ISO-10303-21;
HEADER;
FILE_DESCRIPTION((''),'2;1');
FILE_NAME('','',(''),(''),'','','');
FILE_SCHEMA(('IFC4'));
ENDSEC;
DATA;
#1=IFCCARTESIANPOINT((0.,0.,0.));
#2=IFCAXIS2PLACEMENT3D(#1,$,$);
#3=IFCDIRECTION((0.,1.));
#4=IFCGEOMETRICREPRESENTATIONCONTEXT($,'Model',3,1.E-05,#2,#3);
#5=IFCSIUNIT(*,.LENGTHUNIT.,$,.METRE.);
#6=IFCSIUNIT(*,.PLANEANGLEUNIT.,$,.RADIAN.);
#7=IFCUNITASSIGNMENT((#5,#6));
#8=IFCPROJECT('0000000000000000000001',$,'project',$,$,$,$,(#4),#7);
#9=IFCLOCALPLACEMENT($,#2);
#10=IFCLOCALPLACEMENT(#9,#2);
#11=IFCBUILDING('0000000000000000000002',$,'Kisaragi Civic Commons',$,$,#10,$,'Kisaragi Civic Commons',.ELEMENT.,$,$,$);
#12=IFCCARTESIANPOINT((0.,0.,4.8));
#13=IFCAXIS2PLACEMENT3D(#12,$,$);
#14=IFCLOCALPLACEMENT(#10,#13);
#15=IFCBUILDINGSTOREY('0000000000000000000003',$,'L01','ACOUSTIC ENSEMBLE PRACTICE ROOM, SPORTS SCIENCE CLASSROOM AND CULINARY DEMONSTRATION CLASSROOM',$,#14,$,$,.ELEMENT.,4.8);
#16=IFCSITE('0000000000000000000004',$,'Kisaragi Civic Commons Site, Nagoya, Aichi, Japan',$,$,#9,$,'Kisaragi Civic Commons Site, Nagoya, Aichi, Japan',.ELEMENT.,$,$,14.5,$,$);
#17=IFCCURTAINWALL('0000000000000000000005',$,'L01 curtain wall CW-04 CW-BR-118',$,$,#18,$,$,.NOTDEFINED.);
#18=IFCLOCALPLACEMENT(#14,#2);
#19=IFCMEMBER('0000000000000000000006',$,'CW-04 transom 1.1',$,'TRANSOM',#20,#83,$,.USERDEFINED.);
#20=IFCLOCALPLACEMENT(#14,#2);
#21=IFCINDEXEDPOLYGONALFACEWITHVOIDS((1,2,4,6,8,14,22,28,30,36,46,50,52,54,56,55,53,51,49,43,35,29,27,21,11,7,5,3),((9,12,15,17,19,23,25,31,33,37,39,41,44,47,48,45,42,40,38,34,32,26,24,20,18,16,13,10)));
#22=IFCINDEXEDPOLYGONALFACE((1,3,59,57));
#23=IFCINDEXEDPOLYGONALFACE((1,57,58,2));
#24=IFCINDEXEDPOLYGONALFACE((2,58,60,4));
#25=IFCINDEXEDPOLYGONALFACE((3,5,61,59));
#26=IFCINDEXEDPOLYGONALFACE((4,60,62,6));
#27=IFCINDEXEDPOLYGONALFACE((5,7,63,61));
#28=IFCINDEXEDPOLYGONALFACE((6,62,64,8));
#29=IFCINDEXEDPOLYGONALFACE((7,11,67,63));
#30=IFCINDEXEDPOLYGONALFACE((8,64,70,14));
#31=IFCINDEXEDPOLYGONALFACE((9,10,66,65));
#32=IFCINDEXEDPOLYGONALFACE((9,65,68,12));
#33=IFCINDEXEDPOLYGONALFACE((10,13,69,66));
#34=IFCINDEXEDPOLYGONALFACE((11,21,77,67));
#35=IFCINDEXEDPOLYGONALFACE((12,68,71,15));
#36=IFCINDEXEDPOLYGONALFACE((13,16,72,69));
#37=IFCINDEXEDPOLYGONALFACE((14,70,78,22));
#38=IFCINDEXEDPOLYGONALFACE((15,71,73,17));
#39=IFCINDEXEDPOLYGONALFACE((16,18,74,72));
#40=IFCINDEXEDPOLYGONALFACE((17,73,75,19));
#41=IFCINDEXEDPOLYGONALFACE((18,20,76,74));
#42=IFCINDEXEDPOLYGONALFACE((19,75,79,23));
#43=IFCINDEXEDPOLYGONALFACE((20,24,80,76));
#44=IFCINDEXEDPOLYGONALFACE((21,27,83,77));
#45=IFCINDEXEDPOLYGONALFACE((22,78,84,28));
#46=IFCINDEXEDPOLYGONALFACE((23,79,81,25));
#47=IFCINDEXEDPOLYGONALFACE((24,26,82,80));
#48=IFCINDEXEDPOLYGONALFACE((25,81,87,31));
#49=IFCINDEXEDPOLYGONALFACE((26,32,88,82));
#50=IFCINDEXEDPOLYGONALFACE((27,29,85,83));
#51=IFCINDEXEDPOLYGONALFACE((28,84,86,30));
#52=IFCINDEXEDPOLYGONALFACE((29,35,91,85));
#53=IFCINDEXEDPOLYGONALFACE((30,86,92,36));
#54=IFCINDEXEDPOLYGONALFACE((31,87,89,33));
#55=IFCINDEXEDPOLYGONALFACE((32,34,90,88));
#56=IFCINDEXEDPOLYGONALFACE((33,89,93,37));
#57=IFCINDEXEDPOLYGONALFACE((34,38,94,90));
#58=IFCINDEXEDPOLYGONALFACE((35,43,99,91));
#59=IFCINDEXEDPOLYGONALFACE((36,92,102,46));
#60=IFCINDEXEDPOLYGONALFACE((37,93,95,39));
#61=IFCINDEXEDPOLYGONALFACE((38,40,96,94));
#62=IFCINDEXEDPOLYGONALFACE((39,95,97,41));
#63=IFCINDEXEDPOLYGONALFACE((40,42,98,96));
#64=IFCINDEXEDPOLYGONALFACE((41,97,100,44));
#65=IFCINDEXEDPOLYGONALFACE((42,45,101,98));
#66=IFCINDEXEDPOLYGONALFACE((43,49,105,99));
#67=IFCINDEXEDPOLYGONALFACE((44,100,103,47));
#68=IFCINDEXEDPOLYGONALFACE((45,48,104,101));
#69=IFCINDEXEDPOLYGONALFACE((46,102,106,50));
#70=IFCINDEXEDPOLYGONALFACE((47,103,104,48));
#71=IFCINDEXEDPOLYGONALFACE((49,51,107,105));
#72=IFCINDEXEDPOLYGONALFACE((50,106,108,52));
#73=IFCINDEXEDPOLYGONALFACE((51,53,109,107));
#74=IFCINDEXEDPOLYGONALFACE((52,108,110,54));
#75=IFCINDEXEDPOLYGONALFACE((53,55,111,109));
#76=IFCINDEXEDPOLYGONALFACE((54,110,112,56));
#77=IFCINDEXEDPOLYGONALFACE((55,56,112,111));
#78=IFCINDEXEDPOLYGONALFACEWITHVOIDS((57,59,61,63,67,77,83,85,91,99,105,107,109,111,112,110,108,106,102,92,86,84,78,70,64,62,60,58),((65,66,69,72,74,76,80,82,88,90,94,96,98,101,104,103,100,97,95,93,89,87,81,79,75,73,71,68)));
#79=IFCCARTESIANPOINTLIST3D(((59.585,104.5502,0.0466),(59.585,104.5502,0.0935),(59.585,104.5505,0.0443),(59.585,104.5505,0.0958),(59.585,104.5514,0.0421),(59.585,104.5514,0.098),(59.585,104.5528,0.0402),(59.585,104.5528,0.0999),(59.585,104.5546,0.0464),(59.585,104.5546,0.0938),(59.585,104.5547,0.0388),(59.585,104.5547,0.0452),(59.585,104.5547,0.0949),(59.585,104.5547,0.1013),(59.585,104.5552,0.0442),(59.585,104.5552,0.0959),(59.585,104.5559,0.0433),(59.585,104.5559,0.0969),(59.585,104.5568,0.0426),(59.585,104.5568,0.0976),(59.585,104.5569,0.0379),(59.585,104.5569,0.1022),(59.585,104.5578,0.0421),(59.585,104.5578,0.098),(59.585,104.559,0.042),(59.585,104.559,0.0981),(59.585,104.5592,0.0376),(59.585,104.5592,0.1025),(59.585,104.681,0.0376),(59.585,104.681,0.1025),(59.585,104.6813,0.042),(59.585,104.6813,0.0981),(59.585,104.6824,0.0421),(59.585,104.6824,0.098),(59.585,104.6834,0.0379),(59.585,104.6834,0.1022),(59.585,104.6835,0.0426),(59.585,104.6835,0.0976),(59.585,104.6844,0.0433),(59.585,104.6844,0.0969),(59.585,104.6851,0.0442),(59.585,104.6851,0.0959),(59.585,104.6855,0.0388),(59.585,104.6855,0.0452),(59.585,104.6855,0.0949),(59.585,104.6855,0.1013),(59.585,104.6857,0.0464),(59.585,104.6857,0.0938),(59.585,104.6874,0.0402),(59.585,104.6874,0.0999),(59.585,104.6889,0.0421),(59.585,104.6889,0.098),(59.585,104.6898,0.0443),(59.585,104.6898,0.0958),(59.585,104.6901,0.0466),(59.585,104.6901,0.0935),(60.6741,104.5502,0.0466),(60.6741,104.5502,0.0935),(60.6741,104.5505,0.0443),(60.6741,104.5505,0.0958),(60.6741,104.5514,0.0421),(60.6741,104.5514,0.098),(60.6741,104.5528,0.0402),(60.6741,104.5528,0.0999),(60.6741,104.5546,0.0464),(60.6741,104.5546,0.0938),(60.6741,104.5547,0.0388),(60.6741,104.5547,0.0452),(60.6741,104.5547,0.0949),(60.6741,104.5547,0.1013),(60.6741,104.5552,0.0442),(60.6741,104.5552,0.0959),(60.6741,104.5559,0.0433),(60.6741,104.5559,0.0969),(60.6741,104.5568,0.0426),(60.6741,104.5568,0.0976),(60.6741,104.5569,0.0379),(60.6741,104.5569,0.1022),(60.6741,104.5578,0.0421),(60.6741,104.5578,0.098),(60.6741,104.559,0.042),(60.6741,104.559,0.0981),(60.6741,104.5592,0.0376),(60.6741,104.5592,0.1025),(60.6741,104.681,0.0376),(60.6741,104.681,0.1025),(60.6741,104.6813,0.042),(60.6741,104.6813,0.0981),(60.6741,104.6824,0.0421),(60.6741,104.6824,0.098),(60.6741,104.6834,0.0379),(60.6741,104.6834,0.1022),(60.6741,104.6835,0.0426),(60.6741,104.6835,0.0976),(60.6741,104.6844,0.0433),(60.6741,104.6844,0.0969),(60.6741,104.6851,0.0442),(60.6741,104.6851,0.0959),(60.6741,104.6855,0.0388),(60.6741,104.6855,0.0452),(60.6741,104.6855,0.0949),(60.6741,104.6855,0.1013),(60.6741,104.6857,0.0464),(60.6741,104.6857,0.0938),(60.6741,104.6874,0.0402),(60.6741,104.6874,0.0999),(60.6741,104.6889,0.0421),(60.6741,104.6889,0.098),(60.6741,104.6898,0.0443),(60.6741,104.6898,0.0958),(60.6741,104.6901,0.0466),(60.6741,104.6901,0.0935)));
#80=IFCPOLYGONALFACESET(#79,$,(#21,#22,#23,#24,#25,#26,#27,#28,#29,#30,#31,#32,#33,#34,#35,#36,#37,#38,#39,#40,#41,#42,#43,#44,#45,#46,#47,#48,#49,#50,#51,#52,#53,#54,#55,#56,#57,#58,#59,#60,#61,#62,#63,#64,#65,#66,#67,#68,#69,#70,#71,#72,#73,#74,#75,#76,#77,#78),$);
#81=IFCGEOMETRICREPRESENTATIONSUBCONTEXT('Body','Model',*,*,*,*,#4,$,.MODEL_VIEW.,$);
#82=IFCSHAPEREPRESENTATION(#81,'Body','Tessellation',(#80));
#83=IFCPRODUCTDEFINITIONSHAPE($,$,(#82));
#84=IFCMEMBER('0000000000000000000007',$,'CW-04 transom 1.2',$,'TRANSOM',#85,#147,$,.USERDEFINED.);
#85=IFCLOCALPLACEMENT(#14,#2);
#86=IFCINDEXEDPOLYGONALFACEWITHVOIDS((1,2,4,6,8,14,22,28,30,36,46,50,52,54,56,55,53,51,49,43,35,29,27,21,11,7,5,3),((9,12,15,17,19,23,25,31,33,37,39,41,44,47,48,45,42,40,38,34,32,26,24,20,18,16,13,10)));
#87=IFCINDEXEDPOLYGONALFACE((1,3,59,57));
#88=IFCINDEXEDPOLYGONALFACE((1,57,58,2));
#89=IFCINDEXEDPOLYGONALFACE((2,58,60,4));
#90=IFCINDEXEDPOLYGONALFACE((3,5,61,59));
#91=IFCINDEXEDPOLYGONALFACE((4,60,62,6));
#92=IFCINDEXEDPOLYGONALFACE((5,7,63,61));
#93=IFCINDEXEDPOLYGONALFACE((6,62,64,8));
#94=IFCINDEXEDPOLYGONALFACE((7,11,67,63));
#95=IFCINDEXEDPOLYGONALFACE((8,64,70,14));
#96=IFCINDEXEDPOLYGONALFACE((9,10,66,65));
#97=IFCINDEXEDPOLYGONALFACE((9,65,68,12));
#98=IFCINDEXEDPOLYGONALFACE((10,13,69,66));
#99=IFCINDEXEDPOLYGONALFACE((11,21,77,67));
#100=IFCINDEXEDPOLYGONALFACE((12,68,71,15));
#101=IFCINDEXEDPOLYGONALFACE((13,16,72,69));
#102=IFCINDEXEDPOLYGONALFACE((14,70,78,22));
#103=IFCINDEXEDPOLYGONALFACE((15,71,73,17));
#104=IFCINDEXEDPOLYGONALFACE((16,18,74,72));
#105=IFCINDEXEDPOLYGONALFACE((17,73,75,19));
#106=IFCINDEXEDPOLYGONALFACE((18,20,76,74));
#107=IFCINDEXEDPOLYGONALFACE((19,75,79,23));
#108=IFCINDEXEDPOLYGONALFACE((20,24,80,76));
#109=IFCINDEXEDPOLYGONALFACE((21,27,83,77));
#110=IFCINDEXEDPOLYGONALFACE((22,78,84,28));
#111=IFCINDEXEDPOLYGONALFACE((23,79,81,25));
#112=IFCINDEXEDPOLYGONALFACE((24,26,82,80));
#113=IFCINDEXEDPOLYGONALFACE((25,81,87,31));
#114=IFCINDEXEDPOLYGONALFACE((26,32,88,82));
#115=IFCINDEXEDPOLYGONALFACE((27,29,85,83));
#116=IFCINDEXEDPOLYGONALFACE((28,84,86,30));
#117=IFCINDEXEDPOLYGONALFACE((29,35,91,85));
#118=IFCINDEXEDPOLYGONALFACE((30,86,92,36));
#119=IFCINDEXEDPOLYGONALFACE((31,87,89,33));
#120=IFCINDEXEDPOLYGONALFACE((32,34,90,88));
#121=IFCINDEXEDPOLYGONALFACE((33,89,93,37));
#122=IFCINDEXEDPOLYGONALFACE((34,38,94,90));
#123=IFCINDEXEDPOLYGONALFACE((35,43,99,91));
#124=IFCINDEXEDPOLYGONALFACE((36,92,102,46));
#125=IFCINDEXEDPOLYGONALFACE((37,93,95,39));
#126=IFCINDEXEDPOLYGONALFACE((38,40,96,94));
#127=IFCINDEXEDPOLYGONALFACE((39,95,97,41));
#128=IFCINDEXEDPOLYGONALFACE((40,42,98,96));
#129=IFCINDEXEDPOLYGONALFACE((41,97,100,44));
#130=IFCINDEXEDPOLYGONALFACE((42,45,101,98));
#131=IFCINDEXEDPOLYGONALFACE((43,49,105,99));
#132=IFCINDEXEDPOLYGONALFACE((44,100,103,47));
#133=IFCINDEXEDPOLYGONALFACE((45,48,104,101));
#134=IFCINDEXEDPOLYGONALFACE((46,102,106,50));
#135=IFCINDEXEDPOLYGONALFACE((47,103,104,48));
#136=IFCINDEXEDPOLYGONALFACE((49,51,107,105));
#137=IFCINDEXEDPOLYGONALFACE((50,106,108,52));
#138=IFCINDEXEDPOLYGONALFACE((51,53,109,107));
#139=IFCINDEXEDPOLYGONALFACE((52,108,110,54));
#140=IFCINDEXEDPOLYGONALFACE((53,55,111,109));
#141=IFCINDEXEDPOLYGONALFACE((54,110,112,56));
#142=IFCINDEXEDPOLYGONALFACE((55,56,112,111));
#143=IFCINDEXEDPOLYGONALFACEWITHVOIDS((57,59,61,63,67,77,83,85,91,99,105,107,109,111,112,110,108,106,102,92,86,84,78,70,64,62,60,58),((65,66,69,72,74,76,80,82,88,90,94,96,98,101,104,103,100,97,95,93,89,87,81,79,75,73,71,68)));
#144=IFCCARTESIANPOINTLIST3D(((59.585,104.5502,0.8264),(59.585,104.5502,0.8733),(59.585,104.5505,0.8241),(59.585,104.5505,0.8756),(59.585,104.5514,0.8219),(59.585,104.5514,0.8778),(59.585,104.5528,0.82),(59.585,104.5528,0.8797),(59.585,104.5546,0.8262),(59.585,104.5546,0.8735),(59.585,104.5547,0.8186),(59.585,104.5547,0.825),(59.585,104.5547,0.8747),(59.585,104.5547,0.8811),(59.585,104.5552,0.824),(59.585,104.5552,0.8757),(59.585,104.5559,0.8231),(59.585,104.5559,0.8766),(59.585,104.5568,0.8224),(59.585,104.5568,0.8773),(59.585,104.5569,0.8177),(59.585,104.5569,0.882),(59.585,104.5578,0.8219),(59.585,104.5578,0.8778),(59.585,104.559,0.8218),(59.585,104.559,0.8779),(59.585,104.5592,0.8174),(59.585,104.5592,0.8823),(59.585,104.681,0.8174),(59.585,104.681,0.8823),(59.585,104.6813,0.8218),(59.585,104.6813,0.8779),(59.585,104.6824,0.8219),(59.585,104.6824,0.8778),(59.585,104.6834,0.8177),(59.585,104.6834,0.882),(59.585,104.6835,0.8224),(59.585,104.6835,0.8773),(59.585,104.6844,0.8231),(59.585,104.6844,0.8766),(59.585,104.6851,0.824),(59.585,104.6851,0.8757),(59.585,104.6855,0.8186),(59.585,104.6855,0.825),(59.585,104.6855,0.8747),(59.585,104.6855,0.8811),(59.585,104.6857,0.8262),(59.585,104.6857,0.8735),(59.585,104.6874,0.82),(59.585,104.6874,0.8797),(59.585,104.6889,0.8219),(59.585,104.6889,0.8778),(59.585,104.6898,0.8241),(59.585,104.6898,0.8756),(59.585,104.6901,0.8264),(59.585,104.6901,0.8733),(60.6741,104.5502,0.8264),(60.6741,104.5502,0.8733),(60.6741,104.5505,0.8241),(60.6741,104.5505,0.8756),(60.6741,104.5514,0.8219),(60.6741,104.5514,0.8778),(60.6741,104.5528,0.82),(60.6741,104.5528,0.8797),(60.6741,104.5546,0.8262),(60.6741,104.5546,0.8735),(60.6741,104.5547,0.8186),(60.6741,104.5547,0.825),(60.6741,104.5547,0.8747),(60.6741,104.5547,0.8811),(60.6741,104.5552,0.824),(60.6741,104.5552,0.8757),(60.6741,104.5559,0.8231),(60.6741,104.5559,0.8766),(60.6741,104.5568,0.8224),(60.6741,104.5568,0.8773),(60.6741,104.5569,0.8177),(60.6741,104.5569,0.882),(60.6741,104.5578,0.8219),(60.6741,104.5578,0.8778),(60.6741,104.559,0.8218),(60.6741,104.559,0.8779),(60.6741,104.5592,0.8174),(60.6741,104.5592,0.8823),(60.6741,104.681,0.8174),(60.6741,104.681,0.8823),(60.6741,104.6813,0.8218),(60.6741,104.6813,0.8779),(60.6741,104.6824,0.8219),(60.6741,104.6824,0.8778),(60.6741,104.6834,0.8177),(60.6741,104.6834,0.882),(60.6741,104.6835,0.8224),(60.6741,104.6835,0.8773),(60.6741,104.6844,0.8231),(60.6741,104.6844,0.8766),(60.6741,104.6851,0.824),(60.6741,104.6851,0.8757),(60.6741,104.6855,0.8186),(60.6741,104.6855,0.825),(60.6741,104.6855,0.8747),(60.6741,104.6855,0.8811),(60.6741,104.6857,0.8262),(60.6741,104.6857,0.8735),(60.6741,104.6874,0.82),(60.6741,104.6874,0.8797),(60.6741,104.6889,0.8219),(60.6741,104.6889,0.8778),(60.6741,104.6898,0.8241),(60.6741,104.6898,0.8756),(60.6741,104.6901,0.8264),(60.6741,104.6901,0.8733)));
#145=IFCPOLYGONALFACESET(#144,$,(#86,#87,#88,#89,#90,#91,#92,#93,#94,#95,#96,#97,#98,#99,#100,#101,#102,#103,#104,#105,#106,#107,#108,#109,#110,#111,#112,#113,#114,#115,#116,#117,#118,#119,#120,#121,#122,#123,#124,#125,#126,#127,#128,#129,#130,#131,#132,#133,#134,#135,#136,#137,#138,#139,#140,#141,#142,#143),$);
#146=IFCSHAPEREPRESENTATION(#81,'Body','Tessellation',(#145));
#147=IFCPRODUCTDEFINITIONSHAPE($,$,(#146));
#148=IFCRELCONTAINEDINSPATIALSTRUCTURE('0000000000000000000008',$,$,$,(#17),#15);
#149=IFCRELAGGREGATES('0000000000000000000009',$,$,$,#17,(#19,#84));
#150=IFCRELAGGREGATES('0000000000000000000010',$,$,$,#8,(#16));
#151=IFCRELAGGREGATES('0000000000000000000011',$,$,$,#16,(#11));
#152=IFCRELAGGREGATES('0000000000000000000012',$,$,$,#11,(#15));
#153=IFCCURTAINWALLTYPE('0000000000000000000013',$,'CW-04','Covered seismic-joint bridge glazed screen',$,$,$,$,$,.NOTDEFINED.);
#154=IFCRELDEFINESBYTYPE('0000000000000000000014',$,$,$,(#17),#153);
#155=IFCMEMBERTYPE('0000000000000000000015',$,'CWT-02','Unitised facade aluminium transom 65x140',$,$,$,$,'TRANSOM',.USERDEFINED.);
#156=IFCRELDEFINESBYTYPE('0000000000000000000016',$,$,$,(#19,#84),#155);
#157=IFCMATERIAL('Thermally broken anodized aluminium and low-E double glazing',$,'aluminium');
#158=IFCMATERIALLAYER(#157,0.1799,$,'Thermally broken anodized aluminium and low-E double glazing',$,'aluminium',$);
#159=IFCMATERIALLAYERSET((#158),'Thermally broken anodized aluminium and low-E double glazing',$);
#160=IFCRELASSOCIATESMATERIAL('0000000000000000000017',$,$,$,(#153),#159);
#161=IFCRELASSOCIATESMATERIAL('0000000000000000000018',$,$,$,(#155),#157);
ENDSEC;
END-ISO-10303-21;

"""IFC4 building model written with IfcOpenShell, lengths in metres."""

from ifc_helpers import new_model, si_unit, direction, frame, origin, origin_2d, place, context, subcontext, project, spatial, hollow_rectangle, extrude, material, layer, layer_set, material_profile, profile_set, type_object, element, aggregate, save


model = new_model("IFC4")

# Units and contexts
model_context = context("Model", 3, precision=1e-05, world=origin(), true_north=direction((0.0, 1.0)))
body_context = subcontext(model_context, "Body", "Model", "MODEL_VIEW")
ifc_project = project(units=[si_unit("LENGTHUNIT", "METRE"), si_unit("PLANEANGLEUNIT", "RADIAN")], contexts=[model_context])

# Site, building, storey
site_placement = place(None, origin())
site = spatial("IfcSite", under=ifc_project, at=site_placement, Name="Kisaragi Civic Commons Site, Nagoya, Aichi, Japan", LongName="Kisaragi Civic Commons Site, Nagoya, Aichi, Japan", CompositionType="ELEMENT", RefElevation=14.5)
building_placement = place(site_placement, origin())
building = spatial("IfcBuilding", under=site, at=building_placement, Name="Kisaragi Civic Commons", LongName="Kisaragi Civic Commons", CompositionType="ELEMENT")
storey_placement = place(building_placement, frame((0.0, 0.0, 4.8)))
storey = spatial("IfcBuildingStorey", under=building, at=storey_placement, Name="L01", Description="ACOUSTIC ENSEMBLE PRACTICE ROOM, SPORTS SCIENCE CLASSROOM AND CULINARY DEMONSTRATION CLASSROOM", CompositionType="ELEMENT", Elevation=4.8)

# Curtain wall
ifc_material = material(Name="Thermally broken anodized aluminium and low-E double glazing", Category="aluminium")
ifc_layer_1 = layer(ifc_material, 0.1799, Name="Thermally broken anodized aluminium and low-E double glazing", Category="aluminium")
ifc_layer_set_1 = layer_set([ifc_layer_1], Name="Thermally broken anodized aluminium and low-E double glazing")
curtain_wall_type = type_object("IfcCurtainWallType", Name="CW-04", Description="Covered seismic-joint bridge glazed screen", PredefinedType="NOTDEFINED", material=ifc_layer_set_1)
curtain_wall_1_placement = place(storey_placement, origin())
curtain_wall_1 = element("IfcCurtainWall", 1, at=curtain_wall_1_placement, inside=storey, type_object=curtain_wall_type, Name="L01 curtain wall CW-04 CW-BR-118", PredefinedType="NOTDEFINED")

# Members
ifc_material_profile_1 = material_profile(ifc_material, hollow_rectangle(XDim=0.1399, YDim=0.0649, WallThickness=0.0044, InnerFilletRadius=0.0044, OuterFilletRadius=0.009, at=origin_2d()), Name="CWT-65x140x4.5", Category="aluminium")
ifc_profile_set_1 = profile_set([ifc_material_profile_1], Name="Thermally broken anodized aluminium and low-E double glazing")
member_type_1 = type_object("IfcMemberType", Name="CWT-02", Description="Unitised facade aluminium transom 65x140", ElementType="TRANSOM", PredefinedType="USERDEFINED", material=ifc_profile_set_1)
member_1_placement = place(storey_placement, frame((59.585, 104.6201, 0.0701), z_axis=(1.0, 0.0, 0.0), x_axis=(0.0, 1.0, 0.0)))
member_1 = element("IfcMember", 2, at=member_1_placement, type_object=member_type_1, Name="CW-04 transom 1.1", ObjectType="TRANSOM", PredefinedType="USERDEFINED", context=body_context, shape_type="SweptSolid", body=[
    extrude(hollow_rectangle(XDim=0.1399, YDim=0.0649, WallThickness=0.0044, InnerFilletRadius=0.0044, OuterFilletRadius=0.009, at=origin_2d()), origin(), (0.0, 0.0, 1.0), 1.0891),
])
member_2_placement = place(storey_placement, frame((59.585, 104.6201, 0.8499), z_axis=(1.0, 0.0, 0.0), x_axis=(0.0, 1.0, 0.0)))
member_2 = element("IfcMember", 3, at=member_2_placement, type_object=member_type_1, Name="CW-04 transom 1.2", ObjectType="TRANSOM", PredefinedType="USERDEFINED", context=body_context, shape_type="SweptSolid", body=[
    extrude(hollow_rectangle(XDim=0.1399, YDim=0.0649, WallThickness=0.0044, InnerFilletRadius=0.0044, OuterFilletRadius=0.009, at=origin_2d()), origin(), (0.0, 0.0, 1.0), 1.0891),
])

aggregate(curtain_wall_1, [member_1, member_2])

save(model, "model.ifc")
